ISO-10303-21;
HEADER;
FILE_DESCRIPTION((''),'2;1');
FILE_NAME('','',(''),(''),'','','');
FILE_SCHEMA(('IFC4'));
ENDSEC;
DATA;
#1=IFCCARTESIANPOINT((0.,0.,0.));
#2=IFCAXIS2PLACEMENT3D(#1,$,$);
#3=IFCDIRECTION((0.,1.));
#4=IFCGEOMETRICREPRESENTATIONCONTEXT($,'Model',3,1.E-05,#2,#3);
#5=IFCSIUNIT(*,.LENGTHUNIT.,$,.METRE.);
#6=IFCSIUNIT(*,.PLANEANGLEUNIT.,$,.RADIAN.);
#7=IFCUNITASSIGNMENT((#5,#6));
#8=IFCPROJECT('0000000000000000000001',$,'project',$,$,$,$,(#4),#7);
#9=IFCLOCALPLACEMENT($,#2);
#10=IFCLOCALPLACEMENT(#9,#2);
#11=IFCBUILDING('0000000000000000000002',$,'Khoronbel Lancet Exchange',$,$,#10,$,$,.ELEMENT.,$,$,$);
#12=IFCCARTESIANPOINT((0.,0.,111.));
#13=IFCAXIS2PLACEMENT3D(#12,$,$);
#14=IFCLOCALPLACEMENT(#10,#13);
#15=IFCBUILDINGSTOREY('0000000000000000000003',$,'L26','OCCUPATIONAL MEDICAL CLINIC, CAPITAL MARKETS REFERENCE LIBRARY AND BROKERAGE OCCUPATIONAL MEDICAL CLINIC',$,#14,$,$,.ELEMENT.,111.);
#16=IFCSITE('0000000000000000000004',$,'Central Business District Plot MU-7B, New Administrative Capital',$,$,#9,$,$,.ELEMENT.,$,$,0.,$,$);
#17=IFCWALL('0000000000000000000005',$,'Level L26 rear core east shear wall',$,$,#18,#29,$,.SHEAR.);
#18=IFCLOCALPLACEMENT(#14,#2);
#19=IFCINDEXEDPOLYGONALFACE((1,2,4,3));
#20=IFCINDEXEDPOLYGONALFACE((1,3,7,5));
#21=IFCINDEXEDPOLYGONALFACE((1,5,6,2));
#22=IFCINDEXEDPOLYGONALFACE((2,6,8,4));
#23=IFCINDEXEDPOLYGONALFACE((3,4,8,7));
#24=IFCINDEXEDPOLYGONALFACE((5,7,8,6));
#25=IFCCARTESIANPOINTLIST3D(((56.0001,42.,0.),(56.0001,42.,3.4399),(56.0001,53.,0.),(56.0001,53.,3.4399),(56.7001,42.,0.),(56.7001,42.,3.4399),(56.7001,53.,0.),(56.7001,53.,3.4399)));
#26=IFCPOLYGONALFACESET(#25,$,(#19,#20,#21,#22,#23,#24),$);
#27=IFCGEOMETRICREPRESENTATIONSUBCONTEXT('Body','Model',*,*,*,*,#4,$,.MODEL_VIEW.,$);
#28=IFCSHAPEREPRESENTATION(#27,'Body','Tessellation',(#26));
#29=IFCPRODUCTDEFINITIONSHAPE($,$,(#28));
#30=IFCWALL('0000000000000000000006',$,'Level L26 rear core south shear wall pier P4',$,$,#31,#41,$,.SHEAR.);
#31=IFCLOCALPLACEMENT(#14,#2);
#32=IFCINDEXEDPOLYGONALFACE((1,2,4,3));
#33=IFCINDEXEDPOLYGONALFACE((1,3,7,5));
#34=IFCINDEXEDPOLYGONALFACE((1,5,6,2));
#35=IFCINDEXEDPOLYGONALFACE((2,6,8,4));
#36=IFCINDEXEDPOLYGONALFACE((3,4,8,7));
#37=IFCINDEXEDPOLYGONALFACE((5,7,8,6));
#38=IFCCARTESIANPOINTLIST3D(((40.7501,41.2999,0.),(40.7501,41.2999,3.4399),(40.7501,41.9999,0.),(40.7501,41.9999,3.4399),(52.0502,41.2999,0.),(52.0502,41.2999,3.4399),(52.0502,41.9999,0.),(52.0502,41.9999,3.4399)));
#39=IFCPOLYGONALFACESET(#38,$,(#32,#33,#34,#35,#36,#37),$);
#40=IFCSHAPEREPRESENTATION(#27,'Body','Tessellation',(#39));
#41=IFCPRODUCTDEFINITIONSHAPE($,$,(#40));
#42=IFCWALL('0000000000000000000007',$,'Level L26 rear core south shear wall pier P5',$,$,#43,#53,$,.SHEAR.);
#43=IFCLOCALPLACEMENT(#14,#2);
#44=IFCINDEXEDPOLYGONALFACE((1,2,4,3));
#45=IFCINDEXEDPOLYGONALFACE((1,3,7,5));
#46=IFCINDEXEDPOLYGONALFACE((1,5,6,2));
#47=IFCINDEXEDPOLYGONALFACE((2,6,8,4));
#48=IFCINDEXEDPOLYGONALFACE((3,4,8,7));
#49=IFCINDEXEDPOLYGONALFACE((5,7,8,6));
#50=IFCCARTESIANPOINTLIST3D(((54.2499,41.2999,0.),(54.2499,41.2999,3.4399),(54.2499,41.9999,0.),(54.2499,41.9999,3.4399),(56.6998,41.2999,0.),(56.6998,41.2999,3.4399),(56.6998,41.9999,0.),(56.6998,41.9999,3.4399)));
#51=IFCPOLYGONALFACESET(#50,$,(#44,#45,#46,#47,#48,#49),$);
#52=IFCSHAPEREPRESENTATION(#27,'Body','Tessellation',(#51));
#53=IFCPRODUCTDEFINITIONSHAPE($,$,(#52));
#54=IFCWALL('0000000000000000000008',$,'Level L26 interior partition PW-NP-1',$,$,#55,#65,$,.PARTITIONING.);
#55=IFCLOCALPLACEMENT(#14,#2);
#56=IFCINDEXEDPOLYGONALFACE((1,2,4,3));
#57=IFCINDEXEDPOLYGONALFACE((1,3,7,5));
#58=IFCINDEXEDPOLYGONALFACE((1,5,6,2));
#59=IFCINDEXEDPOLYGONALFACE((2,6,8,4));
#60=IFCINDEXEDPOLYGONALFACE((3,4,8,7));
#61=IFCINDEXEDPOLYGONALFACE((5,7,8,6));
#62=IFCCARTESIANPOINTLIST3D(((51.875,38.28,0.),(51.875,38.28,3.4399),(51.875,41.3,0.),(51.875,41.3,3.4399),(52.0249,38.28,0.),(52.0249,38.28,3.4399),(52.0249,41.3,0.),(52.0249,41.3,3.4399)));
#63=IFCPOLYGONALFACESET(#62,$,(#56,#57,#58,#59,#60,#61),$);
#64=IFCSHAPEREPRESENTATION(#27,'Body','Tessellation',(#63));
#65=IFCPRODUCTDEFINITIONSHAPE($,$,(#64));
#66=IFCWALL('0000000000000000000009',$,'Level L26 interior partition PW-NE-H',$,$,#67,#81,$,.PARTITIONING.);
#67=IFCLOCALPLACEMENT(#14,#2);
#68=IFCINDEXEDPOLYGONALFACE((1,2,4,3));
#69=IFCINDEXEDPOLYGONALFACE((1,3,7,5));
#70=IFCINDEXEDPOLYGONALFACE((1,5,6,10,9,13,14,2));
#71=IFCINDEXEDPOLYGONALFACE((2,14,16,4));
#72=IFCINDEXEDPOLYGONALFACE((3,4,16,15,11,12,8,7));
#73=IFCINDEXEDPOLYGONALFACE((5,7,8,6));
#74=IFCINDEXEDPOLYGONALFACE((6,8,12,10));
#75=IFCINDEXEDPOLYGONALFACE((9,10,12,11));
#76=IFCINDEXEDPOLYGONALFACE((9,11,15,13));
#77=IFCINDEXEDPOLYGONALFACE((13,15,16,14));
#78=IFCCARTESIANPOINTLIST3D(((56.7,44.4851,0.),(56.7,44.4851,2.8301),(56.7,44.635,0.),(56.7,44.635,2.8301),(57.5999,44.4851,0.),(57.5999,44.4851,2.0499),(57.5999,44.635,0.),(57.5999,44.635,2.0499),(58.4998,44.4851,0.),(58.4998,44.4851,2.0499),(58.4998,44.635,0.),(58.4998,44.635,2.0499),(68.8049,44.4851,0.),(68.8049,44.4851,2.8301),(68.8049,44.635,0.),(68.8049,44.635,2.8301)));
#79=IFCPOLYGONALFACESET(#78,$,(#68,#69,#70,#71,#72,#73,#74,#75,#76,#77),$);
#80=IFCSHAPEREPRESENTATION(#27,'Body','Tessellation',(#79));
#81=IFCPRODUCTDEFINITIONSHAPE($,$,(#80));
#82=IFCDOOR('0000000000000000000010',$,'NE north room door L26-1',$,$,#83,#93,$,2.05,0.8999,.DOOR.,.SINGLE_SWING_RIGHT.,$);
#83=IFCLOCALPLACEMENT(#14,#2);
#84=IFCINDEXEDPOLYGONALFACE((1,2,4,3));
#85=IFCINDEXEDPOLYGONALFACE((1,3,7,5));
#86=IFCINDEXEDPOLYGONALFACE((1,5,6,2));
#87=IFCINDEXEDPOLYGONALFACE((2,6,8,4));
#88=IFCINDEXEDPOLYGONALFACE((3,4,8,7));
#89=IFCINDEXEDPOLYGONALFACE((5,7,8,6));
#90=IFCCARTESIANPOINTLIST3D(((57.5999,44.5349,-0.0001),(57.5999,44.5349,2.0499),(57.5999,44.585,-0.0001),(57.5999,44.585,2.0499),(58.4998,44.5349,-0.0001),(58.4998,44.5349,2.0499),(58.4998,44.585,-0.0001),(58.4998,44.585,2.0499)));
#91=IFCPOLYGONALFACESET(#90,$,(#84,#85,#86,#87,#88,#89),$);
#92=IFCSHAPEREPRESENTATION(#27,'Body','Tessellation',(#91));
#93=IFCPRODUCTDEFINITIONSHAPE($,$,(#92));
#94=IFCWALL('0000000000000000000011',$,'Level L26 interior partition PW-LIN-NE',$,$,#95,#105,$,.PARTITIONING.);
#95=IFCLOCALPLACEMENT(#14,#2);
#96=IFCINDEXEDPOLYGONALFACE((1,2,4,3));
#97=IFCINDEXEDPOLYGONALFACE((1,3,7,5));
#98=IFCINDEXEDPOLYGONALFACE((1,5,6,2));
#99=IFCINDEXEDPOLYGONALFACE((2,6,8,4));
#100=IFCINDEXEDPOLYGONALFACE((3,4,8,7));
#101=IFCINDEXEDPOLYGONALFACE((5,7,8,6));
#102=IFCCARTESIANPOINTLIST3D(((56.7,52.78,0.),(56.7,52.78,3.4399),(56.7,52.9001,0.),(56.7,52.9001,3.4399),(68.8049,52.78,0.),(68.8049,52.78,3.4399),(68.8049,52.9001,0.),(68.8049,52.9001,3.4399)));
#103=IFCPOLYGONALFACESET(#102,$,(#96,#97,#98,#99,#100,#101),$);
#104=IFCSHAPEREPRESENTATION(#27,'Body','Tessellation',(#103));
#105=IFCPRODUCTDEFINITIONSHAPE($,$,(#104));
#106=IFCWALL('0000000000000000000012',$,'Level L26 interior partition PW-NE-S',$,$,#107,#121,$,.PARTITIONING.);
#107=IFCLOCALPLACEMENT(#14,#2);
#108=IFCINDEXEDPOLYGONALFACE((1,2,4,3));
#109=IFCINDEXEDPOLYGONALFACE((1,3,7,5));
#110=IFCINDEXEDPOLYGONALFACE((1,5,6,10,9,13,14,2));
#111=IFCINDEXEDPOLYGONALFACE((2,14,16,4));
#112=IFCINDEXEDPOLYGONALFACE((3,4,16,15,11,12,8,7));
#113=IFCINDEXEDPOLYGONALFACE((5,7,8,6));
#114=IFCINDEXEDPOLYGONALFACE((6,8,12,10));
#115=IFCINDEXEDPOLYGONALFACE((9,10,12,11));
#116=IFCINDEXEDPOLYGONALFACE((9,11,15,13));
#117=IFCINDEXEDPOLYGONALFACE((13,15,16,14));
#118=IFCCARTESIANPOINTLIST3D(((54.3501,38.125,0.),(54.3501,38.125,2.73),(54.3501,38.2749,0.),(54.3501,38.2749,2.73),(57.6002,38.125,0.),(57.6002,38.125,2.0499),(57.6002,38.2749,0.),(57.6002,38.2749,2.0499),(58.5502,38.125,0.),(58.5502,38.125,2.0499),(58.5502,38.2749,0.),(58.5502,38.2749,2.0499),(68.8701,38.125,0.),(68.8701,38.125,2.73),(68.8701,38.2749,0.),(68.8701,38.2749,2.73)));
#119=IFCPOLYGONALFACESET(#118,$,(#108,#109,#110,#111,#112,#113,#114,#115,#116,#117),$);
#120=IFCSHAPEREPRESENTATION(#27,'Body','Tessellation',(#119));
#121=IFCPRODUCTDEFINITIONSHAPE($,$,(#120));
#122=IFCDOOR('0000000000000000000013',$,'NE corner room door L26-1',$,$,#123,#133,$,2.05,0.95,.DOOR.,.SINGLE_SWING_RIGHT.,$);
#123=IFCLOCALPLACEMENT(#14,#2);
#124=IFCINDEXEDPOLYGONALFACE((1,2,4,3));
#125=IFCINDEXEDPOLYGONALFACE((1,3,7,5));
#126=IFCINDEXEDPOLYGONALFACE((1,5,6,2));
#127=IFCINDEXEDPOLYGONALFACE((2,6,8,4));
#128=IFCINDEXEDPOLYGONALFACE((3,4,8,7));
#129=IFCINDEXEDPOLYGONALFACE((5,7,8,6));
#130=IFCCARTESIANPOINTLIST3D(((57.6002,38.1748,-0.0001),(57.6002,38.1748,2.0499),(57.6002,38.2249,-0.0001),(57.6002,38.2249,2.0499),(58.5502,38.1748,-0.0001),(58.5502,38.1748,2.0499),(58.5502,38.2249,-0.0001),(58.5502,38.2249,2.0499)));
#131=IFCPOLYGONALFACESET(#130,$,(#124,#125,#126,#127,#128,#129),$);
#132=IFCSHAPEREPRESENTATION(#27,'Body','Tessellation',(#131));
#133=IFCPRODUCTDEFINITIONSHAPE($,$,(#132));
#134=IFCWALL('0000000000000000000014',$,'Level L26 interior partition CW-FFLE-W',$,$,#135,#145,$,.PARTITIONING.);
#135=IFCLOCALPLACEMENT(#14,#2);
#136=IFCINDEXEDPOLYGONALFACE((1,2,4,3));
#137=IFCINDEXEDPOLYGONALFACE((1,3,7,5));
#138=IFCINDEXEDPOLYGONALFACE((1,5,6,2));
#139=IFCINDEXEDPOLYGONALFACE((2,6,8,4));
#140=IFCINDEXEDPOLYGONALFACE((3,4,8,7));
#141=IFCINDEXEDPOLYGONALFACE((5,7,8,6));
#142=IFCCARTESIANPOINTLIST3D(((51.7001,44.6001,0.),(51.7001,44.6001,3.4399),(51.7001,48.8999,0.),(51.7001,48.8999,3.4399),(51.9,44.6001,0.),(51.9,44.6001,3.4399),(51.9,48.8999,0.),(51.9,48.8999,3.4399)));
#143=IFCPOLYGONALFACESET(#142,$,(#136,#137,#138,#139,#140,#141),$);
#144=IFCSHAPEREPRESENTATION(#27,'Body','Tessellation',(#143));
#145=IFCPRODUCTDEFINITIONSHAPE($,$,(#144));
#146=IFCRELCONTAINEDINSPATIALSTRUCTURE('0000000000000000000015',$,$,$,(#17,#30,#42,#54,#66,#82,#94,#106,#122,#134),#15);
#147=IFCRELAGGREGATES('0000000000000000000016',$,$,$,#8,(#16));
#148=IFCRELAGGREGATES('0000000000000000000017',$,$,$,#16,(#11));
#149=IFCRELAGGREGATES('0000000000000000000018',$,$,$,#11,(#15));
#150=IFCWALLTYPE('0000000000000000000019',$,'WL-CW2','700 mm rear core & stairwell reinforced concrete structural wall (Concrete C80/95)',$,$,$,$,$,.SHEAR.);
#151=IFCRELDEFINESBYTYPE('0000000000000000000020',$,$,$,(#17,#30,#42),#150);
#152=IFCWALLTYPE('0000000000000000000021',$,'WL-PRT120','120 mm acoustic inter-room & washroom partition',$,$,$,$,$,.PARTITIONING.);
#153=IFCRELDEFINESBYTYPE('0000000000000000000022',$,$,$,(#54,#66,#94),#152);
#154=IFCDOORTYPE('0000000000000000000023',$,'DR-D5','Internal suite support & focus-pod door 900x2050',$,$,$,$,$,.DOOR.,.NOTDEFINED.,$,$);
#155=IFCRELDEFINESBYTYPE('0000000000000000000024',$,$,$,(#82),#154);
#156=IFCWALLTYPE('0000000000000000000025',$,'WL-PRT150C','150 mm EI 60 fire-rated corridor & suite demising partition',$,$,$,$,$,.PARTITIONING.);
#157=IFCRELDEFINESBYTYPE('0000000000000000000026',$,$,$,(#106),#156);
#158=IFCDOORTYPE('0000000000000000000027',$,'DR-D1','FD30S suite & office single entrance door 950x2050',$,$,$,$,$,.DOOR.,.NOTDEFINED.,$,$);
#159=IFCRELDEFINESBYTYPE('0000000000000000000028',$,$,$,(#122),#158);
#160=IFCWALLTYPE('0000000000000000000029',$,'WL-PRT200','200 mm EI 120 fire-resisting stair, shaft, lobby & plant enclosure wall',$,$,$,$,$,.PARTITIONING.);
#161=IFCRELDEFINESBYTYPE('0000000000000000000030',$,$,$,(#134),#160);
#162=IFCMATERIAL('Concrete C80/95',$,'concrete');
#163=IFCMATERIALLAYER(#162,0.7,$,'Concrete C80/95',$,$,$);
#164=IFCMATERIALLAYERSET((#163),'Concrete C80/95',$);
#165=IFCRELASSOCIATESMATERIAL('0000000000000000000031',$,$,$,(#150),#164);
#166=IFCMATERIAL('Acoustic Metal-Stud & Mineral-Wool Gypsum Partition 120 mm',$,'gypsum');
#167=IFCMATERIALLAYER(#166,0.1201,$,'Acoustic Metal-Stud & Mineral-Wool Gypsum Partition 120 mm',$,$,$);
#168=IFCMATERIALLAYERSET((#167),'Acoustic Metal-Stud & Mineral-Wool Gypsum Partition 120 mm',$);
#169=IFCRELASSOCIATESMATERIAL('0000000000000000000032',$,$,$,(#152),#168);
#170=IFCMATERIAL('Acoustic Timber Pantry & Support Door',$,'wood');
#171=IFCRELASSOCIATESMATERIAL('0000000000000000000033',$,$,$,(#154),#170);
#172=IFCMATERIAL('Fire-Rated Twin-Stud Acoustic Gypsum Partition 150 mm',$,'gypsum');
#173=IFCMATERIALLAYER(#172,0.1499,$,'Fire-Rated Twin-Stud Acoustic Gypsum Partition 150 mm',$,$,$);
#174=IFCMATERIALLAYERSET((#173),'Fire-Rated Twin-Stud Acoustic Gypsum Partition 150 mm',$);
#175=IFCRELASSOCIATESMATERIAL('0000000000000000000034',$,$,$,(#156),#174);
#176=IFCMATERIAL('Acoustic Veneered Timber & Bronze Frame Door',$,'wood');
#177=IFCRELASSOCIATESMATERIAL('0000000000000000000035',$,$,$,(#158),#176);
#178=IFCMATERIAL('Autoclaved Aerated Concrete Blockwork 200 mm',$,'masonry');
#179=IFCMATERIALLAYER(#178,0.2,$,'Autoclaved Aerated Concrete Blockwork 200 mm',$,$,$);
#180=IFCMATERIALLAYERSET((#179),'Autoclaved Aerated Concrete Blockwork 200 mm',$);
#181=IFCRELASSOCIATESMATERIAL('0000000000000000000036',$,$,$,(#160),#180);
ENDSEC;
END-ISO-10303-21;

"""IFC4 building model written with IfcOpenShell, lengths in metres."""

from ifc_helpers import new_model, si_unit, direction, frame, frame_2d, origin, place, context, subcontext, project, spatial, rectangle, extrude, material, layer, layer_set, type_object, element, fill, save


model = new_model("IFC4")

# Units and contexts
model_context = context("Model", 3, precision=1e-05, world=origin(), true_north=direction((0.0, 1.0)))
body_context = subcontext(model_context, "Body", "Model", "MODEL_VIEW")
ifc_project = project(units=[si_unit("LENGTHUNIT", "METRE"), si_unit("PLANEANGLEUNIT", "RADIAN")], contexts=[model_context])

# Site, building, storey
site_placement = place(None, origin())
site = spatial("IfcSite", under=ifc_project, at=site_placement, Name="Central Business District Plot MU-7B, New Administrative Capital", CompositionType="ELEMENT", RefElevation=0.0)
building_placement = place(site_placement, origin())
building = spatial("IfcBuilding", under=site, at=building_placement, Name="Khoronbel Lancet Exchange", CompositionType="ELEMENT")
storey_placement = place(building_placement, frame((0.0, 0.0, 111.0)))
storey = spatial("IfcBuildingStorey", under=building, at=storey_placement, Name="L26", Description="OCCUPATIONAL MEDICAL CLINIC, CAPITAL MARKETS REFERENCE LIBRARY AND BROKERAGE OCCUPATIONAL MEDICAL CLINIC", CompositionType="ELEMENT", Elevation=111.0)

# Shared definitions
ifc_material_1 = material(Name="Concrete C80/95", Category="concrete")

# Walls
ifc_layer_1 = layer(ifc_material_1, 0.7, Name="Concrete C80/95")
ifc_layer_set_1 = layer_set([ifc_layer_1], Name="Concrete C80/95")
wall_type_1 = type_object("IfcWallType", Name="WL-CW2", Description="700 mm rear core & stairwell reinforced concrete structural wall (Concrete C80/95)", PredefinedType="SHEAR", material=ifc_layer_set_1)
wall_1_placement = place(storey_placement, frame((56.3501, 53.0, 0.0), z_axis=(0.0, 0.0, 1.0), x_axis=(0.0, -1.0, 0.0)))
element("IfcWall", 1, at=wall_1_placement, inside=storey, type_object=wall_type_1, Name="Level L26 rear core east shear wall", PredefinedType="SHEAR", context=body_context, shape_type="SweptSolid", body=[
    extrude(rectangle(XDim=11.0, YDim=0.7, at=frame_2d((5.5, 0.0))), origin(), (0.0, 0.0, 1.0), 3.4399),
])
wall_2_placement = place(storey_placement, frame((52.05, 41.6499, 0.0), z_axis=(0.0, 0.0, 1.0), x_axis=(-1.0, 0.0, 0.0)))
element("IfcWall", 2, at=wall_2_placement, inside=storey, type_object=wall_type_1, Name="Level L26 rear core south shear wall pier P4", PredefinedType="SHEAR", context=body_context, shape_type="SweptSolid", body=[
    extrude(rectangle(XDim=11.3, YDim=0.7, at=frame_2d((5.6499, 0.0))), origin(), (0.0, 0.0, 1.0), 3.4399),
])
wall_3_placement = place(storey_placement, frame((56.7, 41.6499, 0.0), z_axis=(0.0, 0.0, 1.0), x_axis=(-1.0, 0.0, 0.0)))
element("IfcWall", 3, at=wall_3_placement, inside=storey, type_object=wall_type_1, Name="Level L26 rear core south shear wall pier P5", PredefinedType="SHEAR", context=body_context, shape_type="SweptSolid", body=[
    extrude(rectangle(XDim=2.45, YDim=0.7, at=frame_2d((1.2251, 0.0))), origin(), (0.0, 0.0, 1.0), 3.4399),
])
ifc_material_2 = material(Name="Acoustic Metal-Stud & Mineral-Wool Gypsum Partition 120 mm", Category="gypsum")
ifc_layer_2 = layer(ifc_material_2, 0.1201, Name="Acoustic Metal-Stud & Mineral-Wool Gypsum Partition 120 mm")
ifc_layer_set_2 = layer_set([ifc_layer_2], Name="Acoustic Metal-Stud & Mineral-Wool Gypsum Partition 120 mm")
wall_type_2 = type_object("IfcWallType", Name="WL-PRT120", Description="120 mm acoustic inter-room & washroom partition", PredefinedType="PARTITIONING", material=ifc_layer_set_2)
wall_4_placement = place(storey_placement, frame((51.95, 38.28, 0.0), z_axis=(0.0, 0.0, 1.0), x_axis=(0.0, 1.0, 0.0)))
element("IfcWall", 4, at=wall_4_placement, inside=storey, type_object=wall_type_2, Name="Level L26 interior partition PW-NP-1", PredefinedType="PARTITIONING", context=body_context, shape_type="SweptSolid", body=[
    extrude(rectangle(XDim=3.02, YDim=0.1499, at=frame_2d((1.51, 0.0))), origin(), (0.0, 0.0, 1.0), 3.4399),
])

# Wall, opening, door
wall_5_placement = place(storey_placement, frame((56.7, 44.5601, 0.0), z_axis=(0.0, 0.0, 1.0), x_axis=(1.0, 0.0, 0.0)))
wall_5 = element("IfcWall", 5, at=wall_5_placement, inside=storey, type_object=wall_type_2, Name="Level L26 interior partition PW-NE-H", PredefinedType="PARTITIONING", context=body_context, shape_type="SweptSolid", body=[
    extrude(rectangle(XDim=12.105, YDim=0.1499, at=frame_2d((6.0525, 0.0))), origin(), (0.0, 0.0, 1.0), 2.8301),
])
opening_1_placement = place(wall_5_placement, frame((0.8999, 0.0, 0.0)))
opening_1 = element("IfcOpeningElement", 6, at=opening_1_placement, cuts=wall_5, PredefinedType="OPENING", context=body_context, shape_type="SweptSolid", body=[
    extrude(rectangle(XDim=0.8999, YDim=2.05, at=frame_2d((0.45, 1.0249))), frame((0.0, 0.085, 0.0), z_axis=(0.0, -1.0, 0.0), x_axis=(1.0, 0.0, 0.0)), (0.0, 0.0, 1.0), 0.1699),
])
ifc_material_3 = material(Name="Acoustic Timber Pantry & Support Door", Category="wood")
door_type_1 = type_object("IfcDoorType", Name="DR-D5", Description="Internal suite support & focus-pod door 900x2050", OperationType="NOTDEFINED", PredefinedType="DOOR", material=ifc_material_3)
door_1_placement = place(opening_1_placement, origin())
door_1 = element("IfcDoor", 7, at=door_1_placement, inside=storey, type_object=door_type_1, Name="NE north room door L26-1", OperationType="SINGLE_SWING_RIGHT", OverallHeight=2.05, OverallWidth=0.8999, PredefinedType="DOOR", context=body_context, shape_type="SweptSolid", body=[
    extrude(rectangle(XDim=0.8999, YDim=2.05, at=frame_2d((0.45, 1.0249))), frame((0.0, 0.0249, 0.0), z_axis=(0.0, -1.0, 0.0), x_axis=(1.0, 0.0, 0.0)), (0.0, 0.0, 1.0), 0.05),
])
fill(opening_1, door_1)

# Wall
wall_6_placement = place(storey_placement, frame((56.7, 52.8401, 0.0), z_axis=(0.0, 0.0, 1.0), x_axis=(1.0, 0.0, 0.0)))
element("IfcWall", 8, at=wall_6_placement, inside=storey, type_object=wall_type_2, Name="Level L26 interior partition PW-LIN-NE", PredefinedType="PARTITIONING", context=body_context, shape_type="SweptSolid", body=[
    extrude(rectangle(XDim=12.105, YDim=0.1201, at=frame_2d((6.0525, 0.0))), origin(), (0.0, 0.0, 1.0), 3.4399),
])

# Wall, opening, door
ifc_material_4 = material(Name="Fire-Rated Twin-Stud Acoustic Gypsum Partition 150 mm", Category="gypsum")
ifc_layer_3 = layer(ifc_material_4, 0.1499, Name="Fire-Rated Twin-Stud Acoustic Gypsum Partition 150 mm")
ifc_layer_set_3 = layer_set([ifc_layer_3], Name="Fire-Rated Twin-Stud Acoustic Gypsum Partition 150 mm")
wall_type_3 = type_object("IfcWallType", Name="WL-PRT150C", Description="150 mm EI 60 fire-rated corridor & suite demising partition", PredefinedType="PARTITIONING", material=ifc_layer_set_3)
wall_7_placement = place(storey_placement, frame((54.3501, 38.2, 0.0), z_axis=(0.0, 0.0, 1.0), x_axis=(1.0, 0.0, 0.0)))
wall_7 = element("IfcWall", 9, at=wall_7_placement, inside=storey, type_object=wall_type_3, Name="Level L26 interior partition PW-NE-S", PredefinedType="PARTITIONING", context=body_context, shape_type="SweptSolid", body=[
    extrude(rectangle(XDim=14.52, YDim=0.1499, at=frame_2d((7.26, 0.0))), origin(), (0.0, 0.0, 1.0), 2.73),
])
opening_2_placement = place(wall_7_placement, frame((3.25, 0.0, 0.0)))
opening_2 = element("IfcOpeningElement", 10, at=opening_2_placement, cuts=wall_7, PredefinedType="OPENING", context=body_context, shape_type="SweptSolid", body=[
    extrude(rectangle(XDim=0.95, YDim=2.05, at=frame_2d((0.4751, 1.0249))), frame((0.0, 0.085, 0.0), z_axis=(0.0, -1.0, 0.0), x_axis=(1.0, 0.0, 0.0)), (0.0, 0.0, 1.0), 0.1699),
])
ifc_material_5 = material(Name="Acoustic Veneered Timber & Bronze Frame Door", Category="wood")
door_type_2 = type_object("IfcDoorType", Name="DR-D1", Description="FD30S suite & office single entrance door 950x2050", OperationType="NOTDEFINED", PredefinedType="DOOR", material=ifc_material_5)
door_2_placement = place(opening_2_placement, origin())
door_2 = element("IfcDoor", 11, at=door_2_placement, inside=storey, type_object=door_type_2, Name="NE corner room door L26-1", OperationType="SINGLE_SWING_RIGHT", OverallHeight=2.05, OverallWidth=0.95, PredefinedType="DOOR", context=body_context, shape_type="SweptSolid", body=[
    extrude(rectangle(XDim=0.95, YDim=2.05, at=frame_2d((0.4751, 1.0249))), frame((0.0, 0.0249, 0.0), z_axis=(0.0, -1.0, 0.0), x_axis=(1.0, 0.0, 0.0)), (0.0, 0.0, 1.0), 0.05),
])
fill(opening_2, door_2)

# Wall
ifc_material_6 = material(Name="Autoclaved Aerated Concrete Blockwork 200 mm", Category="masonry")
ifc_layer_4 = layer(ifc_material_6, 0.2, Name="Autoclaved Aerated Concrete Blockwork 200 mm")
ifc_layer_set_4 = layer_set([ifc_layer_4], Name="Autoclaved Aerated Concrete Blockwork 200 mm")
wall_type_4 = type_object("IfcWallType", Name="WL-PRT200", Description="200 mm EI 120 fire-resisting stair, shaft, lobby & plant enclosure wall", PredefinedType="PARTITIONING", material=ifc_layer_set_4)
wall_8_placement = place(storey_placement, frame((51.8, 44.6001, 0.0), z_axis=(0.0, 0.0, 1.0), x_axis=(0.0, 1.0, 0.0)))
element("IfcWall", 12, at=wall_8_placement, inside=storey, type_object=wall_type_4, Name="Level L26 interior partition CW-FFLE-W", PredefinedType="PARTITIONING", context=body_context, shape_type="SweptSolid", body=[
    extrude(rectangle(XDim=4.2998, YDim=0.2, at=frame_2d((2.1499, 0.0))), origin(), (0.0, 0.0, 1.0), 3.4399),
])

save(model, "model.ifc")
